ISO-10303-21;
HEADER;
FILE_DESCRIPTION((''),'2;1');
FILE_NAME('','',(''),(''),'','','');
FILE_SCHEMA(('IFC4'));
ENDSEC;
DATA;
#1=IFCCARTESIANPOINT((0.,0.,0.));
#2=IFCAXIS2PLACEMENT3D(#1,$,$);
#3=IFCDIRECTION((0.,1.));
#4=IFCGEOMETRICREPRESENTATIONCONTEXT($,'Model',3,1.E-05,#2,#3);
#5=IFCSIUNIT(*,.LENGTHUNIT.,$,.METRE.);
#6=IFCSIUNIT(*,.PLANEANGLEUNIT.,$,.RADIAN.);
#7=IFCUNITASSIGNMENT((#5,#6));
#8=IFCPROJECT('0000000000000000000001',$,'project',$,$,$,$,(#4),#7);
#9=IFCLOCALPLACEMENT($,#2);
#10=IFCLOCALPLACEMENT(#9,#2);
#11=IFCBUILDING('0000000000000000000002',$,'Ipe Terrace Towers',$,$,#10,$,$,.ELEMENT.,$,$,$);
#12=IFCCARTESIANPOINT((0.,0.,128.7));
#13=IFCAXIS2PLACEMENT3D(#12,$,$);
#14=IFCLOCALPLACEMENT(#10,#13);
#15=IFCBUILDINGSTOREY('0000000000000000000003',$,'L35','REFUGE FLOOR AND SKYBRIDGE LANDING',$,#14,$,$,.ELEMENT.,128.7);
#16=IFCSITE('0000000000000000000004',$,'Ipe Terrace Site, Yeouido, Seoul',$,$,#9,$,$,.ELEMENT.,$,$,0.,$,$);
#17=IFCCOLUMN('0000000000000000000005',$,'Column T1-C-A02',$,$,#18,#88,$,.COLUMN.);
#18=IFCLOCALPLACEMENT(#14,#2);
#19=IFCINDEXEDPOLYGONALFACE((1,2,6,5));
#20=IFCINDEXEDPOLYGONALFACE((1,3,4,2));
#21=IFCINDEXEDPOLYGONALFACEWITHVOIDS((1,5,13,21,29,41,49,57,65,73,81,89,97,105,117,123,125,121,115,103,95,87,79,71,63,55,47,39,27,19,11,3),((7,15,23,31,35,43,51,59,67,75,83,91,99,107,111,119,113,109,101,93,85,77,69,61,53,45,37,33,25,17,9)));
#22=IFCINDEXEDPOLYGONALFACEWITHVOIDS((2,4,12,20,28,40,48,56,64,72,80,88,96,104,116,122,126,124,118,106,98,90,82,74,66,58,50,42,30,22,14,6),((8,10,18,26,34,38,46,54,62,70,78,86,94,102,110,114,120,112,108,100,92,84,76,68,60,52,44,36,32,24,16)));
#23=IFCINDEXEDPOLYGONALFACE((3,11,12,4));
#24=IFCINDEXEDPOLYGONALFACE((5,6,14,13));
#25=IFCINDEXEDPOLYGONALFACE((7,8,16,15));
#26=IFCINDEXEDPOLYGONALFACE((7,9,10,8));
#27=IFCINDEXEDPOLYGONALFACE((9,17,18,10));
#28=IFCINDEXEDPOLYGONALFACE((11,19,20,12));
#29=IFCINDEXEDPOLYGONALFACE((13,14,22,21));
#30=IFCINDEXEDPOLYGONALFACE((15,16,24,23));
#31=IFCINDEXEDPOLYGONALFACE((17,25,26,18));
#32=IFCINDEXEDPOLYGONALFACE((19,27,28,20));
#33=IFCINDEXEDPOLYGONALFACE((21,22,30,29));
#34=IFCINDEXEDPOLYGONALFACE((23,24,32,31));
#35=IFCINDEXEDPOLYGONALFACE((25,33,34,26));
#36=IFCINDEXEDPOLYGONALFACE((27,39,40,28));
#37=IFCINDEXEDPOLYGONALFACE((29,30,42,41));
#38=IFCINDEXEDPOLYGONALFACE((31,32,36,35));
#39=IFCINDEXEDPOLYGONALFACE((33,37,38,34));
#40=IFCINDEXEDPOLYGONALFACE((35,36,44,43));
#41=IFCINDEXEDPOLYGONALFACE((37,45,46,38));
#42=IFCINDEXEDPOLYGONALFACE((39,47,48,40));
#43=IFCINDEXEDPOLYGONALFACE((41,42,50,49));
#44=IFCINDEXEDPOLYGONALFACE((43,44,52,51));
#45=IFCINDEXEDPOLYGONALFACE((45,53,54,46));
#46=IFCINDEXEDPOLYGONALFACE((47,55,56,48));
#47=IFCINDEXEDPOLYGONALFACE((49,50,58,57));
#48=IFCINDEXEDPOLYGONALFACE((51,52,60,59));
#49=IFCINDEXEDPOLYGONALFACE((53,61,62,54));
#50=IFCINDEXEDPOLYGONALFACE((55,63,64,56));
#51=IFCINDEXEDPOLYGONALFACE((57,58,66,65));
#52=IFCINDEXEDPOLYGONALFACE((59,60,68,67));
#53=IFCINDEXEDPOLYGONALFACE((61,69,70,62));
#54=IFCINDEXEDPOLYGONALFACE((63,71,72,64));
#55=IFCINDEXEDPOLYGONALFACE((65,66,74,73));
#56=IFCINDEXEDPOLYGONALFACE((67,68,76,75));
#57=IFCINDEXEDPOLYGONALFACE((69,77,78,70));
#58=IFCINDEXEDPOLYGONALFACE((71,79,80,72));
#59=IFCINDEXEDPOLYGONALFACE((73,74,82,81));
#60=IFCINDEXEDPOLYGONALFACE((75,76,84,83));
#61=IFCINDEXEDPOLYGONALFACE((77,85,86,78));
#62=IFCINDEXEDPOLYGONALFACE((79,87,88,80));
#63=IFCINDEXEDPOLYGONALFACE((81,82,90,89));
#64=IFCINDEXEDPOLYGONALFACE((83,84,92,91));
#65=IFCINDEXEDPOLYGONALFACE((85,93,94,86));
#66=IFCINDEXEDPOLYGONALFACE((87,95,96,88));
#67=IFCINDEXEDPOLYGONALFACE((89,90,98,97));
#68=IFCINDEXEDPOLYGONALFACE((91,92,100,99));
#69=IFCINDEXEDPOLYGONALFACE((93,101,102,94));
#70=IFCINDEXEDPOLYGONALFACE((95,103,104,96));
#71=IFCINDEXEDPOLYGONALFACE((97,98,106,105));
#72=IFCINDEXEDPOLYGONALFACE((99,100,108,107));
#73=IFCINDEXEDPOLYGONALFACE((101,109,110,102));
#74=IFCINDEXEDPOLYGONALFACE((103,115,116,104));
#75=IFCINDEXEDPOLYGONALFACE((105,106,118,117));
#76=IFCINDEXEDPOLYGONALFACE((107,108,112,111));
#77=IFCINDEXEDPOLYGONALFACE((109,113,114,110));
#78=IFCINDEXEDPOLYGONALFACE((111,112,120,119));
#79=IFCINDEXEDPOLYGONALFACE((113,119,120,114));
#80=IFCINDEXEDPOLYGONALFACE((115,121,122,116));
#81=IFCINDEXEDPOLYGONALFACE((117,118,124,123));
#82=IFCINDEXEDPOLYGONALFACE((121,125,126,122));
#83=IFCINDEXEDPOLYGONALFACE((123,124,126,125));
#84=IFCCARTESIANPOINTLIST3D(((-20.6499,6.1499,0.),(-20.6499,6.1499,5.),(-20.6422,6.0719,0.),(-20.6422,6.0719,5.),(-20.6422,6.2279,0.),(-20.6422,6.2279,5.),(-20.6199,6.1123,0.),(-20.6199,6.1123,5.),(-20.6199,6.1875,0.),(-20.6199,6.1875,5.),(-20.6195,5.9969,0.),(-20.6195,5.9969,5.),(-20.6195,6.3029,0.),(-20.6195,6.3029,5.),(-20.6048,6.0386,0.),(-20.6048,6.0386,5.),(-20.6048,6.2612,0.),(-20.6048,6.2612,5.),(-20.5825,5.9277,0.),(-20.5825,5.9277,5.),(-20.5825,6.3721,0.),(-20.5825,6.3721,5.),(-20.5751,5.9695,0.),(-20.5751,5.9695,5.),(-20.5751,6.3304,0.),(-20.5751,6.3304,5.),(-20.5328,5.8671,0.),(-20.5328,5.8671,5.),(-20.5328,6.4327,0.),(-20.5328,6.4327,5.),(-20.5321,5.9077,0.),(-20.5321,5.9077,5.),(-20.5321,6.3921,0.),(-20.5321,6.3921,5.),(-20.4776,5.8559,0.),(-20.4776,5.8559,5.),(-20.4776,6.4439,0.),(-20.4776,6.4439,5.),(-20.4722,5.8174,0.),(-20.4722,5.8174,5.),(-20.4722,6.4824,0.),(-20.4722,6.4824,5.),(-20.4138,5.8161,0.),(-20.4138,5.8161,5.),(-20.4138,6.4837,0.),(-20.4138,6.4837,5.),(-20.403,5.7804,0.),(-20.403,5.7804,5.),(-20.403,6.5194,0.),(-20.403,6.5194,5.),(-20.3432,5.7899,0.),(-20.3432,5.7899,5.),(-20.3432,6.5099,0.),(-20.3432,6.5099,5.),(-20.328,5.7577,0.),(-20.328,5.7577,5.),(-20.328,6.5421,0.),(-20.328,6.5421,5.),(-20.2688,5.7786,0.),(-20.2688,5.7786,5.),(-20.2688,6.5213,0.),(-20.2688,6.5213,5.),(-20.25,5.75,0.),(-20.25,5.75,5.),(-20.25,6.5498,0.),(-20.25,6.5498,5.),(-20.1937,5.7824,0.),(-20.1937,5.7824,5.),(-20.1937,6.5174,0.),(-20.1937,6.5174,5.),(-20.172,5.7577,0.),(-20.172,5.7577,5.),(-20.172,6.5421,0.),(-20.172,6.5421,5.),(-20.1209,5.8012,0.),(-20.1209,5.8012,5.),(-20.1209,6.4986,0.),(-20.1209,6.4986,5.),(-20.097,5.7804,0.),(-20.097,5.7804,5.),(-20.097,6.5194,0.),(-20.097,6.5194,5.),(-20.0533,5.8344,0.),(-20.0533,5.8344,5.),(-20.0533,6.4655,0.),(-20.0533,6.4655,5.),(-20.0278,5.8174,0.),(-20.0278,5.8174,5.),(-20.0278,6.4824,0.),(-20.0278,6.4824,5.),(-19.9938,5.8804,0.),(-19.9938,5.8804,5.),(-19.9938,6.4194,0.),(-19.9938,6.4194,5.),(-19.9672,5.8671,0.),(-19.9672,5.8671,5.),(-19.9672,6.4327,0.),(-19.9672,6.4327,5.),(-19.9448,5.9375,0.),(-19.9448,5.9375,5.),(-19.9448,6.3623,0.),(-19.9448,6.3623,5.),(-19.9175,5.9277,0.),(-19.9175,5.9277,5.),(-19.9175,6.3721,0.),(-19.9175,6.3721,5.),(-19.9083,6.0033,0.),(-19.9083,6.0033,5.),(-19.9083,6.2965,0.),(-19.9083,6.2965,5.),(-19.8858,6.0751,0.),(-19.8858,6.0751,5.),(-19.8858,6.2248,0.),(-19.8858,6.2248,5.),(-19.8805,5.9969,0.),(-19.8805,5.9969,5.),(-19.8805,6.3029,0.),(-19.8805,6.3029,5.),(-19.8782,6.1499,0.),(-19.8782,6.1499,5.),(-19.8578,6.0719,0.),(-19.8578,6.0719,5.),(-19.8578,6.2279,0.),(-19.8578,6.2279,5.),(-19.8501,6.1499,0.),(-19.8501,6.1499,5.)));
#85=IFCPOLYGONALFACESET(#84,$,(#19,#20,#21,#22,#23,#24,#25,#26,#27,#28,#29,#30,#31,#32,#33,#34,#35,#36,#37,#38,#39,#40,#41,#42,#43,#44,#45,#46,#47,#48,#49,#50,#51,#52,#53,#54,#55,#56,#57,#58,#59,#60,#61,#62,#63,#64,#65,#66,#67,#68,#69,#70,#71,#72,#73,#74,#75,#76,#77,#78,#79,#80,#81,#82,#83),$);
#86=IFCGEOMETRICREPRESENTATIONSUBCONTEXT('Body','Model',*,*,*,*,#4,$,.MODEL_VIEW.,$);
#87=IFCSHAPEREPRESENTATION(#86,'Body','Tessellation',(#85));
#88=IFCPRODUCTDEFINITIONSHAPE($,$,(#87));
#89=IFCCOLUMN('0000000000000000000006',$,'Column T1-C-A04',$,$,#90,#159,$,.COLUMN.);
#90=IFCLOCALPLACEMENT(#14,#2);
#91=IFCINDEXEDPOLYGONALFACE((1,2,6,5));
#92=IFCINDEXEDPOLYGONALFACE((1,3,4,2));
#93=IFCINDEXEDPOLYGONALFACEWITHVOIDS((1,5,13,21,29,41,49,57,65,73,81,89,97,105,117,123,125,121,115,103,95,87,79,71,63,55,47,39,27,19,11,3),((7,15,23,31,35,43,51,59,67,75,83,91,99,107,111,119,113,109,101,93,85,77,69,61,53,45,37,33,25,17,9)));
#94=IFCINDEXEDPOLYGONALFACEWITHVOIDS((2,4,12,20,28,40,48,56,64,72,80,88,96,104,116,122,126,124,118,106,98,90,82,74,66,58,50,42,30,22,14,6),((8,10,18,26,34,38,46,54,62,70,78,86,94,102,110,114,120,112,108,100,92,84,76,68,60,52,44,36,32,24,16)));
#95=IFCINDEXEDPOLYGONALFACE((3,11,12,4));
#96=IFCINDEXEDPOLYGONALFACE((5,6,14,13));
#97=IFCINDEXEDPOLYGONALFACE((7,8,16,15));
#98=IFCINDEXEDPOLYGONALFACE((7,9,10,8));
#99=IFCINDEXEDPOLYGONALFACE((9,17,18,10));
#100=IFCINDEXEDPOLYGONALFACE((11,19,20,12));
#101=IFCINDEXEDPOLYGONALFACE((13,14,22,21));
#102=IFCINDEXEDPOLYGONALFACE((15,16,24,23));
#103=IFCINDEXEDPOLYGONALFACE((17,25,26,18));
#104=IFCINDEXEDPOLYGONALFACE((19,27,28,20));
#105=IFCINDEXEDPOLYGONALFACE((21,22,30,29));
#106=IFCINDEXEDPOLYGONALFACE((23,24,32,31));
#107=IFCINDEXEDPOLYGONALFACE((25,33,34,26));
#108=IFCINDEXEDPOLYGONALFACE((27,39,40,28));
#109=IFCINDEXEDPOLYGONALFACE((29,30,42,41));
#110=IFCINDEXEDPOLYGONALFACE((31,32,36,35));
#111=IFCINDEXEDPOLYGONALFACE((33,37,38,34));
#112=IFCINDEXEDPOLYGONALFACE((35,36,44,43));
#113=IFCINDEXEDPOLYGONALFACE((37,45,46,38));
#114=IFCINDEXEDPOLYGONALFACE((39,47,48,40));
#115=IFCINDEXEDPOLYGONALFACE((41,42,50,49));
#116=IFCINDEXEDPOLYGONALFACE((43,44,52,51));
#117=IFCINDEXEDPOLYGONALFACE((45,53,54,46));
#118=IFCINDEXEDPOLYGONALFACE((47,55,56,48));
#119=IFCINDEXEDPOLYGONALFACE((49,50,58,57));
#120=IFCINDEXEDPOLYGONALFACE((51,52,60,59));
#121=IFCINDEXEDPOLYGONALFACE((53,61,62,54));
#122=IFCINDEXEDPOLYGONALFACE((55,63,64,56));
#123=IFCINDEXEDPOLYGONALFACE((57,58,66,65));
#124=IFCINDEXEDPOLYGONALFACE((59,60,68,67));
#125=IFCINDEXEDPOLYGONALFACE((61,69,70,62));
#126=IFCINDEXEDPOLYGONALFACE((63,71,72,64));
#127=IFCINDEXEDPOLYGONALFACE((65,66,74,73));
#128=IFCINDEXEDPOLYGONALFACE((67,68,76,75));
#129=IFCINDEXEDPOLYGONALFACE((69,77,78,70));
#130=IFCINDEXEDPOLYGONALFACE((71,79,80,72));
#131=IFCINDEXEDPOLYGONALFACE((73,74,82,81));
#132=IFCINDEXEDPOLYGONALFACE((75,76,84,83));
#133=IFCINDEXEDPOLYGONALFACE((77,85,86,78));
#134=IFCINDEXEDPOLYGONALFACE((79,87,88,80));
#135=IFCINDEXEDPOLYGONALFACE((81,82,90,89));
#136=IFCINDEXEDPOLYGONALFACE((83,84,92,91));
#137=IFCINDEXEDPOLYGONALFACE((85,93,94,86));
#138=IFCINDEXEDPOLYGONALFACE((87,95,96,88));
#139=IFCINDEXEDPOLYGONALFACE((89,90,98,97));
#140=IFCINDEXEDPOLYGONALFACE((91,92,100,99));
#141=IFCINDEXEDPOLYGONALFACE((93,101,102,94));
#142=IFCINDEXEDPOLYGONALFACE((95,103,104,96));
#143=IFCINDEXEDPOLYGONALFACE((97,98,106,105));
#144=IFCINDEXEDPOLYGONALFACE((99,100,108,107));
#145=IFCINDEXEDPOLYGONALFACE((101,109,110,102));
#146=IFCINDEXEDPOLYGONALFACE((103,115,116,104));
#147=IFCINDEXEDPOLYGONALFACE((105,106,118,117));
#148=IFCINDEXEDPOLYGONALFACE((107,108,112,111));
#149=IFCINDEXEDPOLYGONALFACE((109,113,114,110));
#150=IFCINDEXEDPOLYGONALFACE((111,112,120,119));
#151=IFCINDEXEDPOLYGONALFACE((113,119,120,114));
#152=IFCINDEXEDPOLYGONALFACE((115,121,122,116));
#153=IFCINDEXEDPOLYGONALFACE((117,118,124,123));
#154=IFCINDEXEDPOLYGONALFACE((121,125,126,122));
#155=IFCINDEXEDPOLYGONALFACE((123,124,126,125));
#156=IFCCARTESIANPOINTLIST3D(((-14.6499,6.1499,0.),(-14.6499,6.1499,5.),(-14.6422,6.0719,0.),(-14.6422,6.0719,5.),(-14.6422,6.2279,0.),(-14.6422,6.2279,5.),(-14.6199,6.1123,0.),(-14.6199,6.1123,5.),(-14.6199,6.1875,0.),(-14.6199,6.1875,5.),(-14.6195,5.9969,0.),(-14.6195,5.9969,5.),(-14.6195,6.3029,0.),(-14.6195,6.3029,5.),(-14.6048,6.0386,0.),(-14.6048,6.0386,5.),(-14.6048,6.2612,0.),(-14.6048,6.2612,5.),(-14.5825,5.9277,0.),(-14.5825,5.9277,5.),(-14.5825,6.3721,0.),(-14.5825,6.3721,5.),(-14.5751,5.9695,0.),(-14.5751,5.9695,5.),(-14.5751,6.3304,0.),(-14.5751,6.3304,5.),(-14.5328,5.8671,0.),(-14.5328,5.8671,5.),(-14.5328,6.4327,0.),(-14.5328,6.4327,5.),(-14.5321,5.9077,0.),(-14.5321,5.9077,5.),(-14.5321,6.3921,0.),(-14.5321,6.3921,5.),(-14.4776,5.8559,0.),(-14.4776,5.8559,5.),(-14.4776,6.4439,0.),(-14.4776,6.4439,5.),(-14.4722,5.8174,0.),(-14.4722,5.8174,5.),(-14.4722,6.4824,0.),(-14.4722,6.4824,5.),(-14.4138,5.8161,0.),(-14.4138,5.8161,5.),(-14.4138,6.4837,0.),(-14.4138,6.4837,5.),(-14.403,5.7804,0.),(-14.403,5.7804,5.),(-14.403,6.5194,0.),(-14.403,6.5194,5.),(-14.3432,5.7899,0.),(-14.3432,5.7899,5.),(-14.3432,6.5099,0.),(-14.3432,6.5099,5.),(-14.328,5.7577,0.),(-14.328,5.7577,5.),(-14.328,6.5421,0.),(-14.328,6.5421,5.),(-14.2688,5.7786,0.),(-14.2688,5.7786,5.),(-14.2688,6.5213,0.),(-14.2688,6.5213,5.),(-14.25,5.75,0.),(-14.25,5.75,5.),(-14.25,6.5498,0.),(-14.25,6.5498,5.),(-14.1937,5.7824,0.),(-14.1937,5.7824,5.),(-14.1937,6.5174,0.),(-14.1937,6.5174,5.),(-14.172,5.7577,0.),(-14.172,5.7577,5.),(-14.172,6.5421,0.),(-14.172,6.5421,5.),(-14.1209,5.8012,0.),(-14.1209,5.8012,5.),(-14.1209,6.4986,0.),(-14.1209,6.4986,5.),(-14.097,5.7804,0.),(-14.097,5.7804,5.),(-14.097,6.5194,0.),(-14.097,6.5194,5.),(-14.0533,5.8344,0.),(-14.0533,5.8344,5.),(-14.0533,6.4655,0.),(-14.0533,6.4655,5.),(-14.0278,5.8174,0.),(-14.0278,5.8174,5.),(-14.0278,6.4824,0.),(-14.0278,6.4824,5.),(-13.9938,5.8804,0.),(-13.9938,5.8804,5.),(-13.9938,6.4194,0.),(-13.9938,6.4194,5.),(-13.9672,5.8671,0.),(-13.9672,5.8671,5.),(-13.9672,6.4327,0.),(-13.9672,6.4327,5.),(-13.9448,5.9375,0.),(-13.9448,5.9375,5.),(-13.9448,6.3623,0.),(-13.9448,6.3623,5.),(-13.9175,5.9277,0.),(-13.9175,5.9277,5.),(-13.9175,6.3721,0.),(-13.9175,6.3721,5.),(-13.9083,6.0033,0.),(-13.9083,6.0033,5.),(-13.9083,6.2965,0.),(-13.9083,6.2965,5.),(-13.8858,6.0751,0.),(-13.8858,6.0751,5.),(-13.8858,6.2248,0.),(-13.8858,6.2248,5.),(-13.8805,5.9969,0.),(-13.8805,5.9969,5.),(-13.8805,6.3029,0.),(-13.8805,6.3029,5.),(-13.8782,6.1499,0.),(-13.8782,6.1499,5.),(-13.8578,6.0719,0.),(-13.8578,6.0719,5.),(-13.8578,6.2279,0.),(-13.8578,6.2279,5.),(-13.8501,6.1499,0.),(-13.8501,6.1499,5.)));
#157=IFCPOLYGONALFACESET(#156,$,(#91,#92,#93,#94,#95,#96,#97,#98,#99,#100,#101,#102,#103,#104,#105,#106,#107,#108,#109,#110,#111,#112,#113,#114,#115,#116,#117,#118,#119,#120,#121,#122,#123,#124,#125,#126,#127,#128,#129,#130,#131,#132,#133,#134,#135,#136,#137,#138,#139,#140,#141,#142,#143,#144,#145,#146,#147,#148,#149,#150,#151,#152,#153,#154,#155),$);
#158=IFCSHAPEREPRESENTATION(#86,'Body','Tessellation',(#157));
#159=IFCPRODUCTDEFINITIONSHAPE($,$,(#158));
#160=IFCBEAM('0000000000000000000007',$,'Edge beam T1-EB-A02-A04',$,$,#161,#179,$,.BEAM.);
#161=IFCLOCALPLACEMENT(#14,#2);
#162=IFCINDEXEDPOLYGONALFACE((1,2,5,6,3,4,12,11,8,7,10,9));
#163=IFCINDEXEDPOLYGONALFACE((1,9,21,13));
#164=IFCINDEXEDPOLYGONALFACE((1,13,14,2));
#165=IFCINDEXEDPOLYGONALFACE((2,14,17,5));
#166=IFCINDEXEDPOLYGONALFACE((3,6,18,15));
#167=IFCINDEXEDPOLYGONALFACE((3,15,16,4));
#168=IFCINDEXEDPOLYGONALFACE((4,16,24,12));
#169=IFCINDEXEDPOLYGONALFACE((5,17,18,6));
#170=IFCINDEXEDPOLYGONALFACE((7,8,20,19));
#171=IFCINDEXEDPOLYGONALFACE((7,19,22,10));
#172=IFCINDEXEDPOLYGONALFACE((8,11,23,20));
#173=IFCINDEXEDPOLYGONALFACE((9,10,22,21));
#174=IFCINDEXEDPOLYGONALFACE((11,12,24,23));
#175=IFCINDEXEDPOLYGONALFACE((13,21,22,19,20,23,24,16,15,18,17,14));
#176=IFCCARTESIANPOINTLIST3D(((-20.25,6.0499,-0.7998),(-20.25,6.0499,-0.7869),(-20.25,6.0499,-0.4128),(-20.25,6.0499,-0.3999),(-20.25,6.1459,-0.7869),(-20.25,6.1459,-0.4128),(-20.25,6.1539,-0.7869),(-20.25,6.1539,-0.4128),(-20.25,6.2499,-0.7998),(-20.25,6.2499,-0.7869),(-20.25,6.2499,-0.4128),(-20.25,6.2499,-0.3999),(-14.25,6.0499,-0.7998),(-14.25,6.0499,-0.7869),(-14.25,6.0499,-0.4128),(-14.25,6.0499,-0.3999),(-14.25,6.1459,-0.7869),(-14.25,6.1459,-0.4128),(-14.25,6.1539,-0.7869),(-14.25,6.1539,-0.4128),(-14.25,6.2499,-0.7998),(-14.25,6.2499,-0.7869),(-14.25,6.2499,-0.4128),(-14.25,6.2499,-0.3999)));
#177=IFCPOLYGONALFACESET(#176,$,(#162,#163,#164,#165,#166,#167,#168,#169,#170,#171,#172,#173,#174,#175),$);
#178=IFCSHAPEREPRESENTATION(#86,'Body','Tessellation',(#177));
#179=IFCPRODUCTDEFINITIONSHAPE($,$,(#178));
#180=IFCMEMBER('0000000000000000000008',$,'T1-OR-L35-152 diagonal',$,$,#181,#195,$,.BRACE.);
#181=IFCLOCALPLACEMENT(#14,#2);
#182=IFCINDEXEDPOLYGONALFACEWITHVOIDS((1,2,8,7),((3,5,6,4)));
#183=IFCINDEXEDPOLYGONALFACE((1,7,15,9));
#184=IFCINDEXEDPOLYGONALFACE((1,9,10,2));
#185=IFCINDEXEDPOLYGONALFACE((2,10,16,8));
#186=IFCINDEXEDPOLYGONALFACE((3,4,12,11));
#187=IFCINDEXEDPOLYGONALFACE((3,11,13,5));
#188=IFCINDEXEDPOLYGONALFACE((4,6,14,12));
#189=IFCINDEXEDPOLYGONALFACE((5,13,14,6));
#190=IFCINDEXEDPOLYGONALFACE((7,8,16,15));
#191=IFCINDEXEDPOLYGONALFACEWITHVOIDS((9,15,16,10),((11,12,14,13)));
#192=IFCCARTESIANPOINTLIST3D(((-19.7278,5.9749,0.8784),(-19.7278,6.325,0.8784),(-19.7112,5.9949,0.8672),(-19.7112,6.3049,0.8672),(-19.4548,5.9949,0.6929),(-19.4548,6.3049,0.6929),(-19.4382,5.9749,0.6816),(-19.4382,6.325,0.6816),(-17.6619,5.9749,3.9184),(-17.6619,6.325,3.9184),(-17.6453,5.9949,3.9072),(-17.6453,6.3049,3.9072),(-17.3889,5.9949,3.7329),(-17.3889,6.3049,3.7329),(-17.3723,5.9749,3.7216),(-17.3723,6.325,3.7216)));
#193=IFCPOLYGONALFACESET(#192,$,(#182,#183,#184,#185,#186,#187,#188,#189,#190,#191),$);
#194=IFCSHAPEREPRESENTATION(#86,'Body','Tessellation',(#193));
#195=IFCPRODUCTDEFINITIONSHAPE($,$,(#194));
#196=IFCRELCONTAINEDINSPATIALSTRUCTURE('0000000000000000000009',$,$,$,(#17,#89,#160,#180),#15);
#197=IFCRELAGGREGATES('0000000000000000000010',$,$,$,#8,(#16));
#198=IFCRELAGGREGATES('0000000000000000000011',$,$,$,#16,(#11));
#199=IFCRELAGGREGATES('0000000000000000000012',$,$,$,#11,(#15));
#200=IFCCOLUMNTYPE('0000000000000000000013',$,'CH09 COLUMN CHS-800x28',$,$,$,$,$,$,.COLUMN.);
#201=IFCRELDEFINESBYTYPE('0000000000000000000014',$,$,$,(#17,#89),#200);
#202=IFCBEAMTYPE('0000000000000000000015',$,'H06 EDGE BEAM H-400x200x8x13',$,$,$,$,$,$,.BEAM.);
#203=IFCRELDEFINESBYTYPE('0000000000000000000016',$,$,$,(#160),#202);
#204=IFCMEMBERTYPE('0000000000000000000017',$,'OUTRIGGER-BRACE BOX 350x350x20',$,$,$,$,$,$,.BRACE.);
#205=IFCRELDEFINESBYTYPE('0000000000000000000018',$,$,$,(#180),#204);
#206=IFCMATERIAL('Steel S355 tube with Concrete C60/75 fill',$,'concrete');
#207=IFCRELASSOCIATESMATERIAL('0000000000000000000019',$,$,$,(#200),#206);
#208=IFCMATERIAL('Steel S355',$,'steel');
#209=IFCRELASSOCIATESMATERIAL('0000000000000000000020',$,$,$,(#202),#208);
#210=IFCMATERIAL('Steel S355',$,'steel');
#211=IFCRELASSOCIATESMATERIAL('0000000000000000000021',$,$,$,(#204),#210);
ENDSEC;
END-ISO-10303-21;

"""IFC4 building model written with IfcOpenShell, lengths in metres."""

from ifc_helpers import new_model, si_unit, direction, frame, origin, origin_2d, place, context, subcontext, project, spatial, hollow_rectangle, hollow_circle, i_section, extrude, material, material_profile, profile_set, type_object, element, save


model = new_model("IFC4")

# Units and contexts
model_context = context("Model", 3, precision=1e-05, world=origin(), true_north=direction((0.0, 1.0)))
body_context = subcontext(model_context, "Body", "Model", "MODEL_VIEW")
ifc_project = project(units=[si_unit("LENGTHUNIT", "METRE"), si_unit("PLANEANGLEUNIT", "RADIAN")], contexts=[model_context])

# Site, building, storey
site_placement = place(None, origin())
site = spatial("IfcSite", under=ifc_project, at=site_placement, Name="Ipe Terrace Site, Yeouido, Seoul", CompositionType="ELEMENT", RefElevation=0.0)
building_placement = place(site_placement, origin())
building = spatial("IfcBuilding", under=site, at=building_placement, Name="Ipe Terrace Towers", CompositionType="ELEMENT")
storey_placement = place(building_placement, frame((0.0, 0.0, 128.7)))
storey = spatial("IfcBuildingStorey", under=building, at=storey_placement, Name="L35", Description="REFUGE FLOOR AND SKYBRIDGE LANDING", CompositionType="ELEMENT", Elevation=128.7)

# Columns
ifc_material_1 = material(Name="Steel S355 tube with Concrete C60/75 fill", Category="concrete")
ifc_material_profile_1 = material_profile(ifc_material_1, hollow_circle(Radius=0.3999, WallThickness=0.0281, at=origin_2d()), Name="CHS-800x28")
ifc_profile_set_1 = profile_set([ifc_material_profile_1], Name="Steel S355 tube with Concrete C60/75 fill")
column_type = type_object("IfcColumnType", Name="CH09 COLUMN CHS-800x28", PredefinedType="COLUMN", material=ifc_profile_set_1)
for number, where, z_axis, x_axis, name in (
    (1, (-20.25, 6.1499, 0.0), (0.0, 0.0, 1.0), (1.0, 0.0, 0.0), "Column T1-C-A02"),
    (2, (-14.25, 6.1499, 0.0), (0.0, 0.0, 1.0), (1.0, 0.0, 0.0), "Column T1-C-A04"),
):
    element("IfcColumn", number, at=place(storey_placement, frame(where, z_axis=z_axis, x_axis=x_axis)), inside=storey, type_object=column_type, Name=name, PredefinedType="COLUMN", context=body_context, shape_type="SweptSolid", body=[
        extrude(hollow_circle(Radius=0.3999, WallThickness=0.0281, at=origin_2d()), origin(), (0.0, 0.0, 1.0), 5.0),
    ])

# Beam
ifc_material_2 = material(Name="Steel S355", Category="steel")
ifc_material_profile_2 = material_profile(ifc_material_2, i_section(OverallWidth=0.2, OverallDepth=0.3999, WebThickness=0.0081, FlangeThickness=0.0129, at=origin_2d()), Name="H-400x200x8x13")
ifc_profile_set_2 = profile_set([ifc_material_profile_2], Name="Steel S355")
beam_type = type_object("IfcBeamType", Name="H06 EDGE BEAM H-400x200x8x13", PredefinedType="BEAM", material=ifc_profile_set_2)
beam_placement = place(storey_placement, frame((-20.25, 6.1499, -0.5999), z_axis=(1.0, 0.0, 0.0), x_axis=(0.0, 1.0, 0.0)))
element("IfcBeam", 3, at=beam_placement, inside=storey, type_object=beam_type, Name="Edge beam T1-EB-A02-A04", PredefinedType="BEAM", context=body_context, shape_type="SweptSolid", body=[
    extrude(i_section(OverallWidth=0.2, OverallDepth=0.3999, WebThickness=0.0081, FlangeThickness=0.0129, at=origin_2d()), origin(), (0.0, 0.0, 1.0), 6.0),
])

# Member
ifc_material_3 = material(Name="Steel S355", Category="steel")
ifc_material_profile_3 = material_profile(ifc_material_3, hollow_rectangle(XDim=0.3501, YDim=0.3501, WallThickness=0.02, at=origin_2d()), Name="OUTRIGGER-BRACE BOX 350x350x20")
ifc_profile_set_3 = profile_set([ifc_material_profile_3], Name="Steel S355")
member_type_1 = type_object("IfcMemberType", Name="OUTRIGGER-BRACE BOX 350x350x20", PredefinedType="BRACE", material=ifc_profile_set_3)
for number, where, z_axis, x_axis, name in (
    (4, (-19.583, 6.1499, 0.78), (0.562067, 0.0, 0.827092), (0.0, 1.0, 0.0), "T1-OR-L35-152 diagonal"),
):
    element("IfcMember", number, at=place(storey_placement, frame(where, z_axis=z_axis, x_axis=x_axis)), inside=storey, type_object=member_type_1, Name=name, PredefinedType="BRACE", context=body_context, shape_type="SweptSolid", body=[
        extrude(hollow_rectangle(XDim=0.3501, YDim=0.3501, WallThickness=0.02, at=origin_2d()), origin(), (0.0, 0.0, 1.0), 3.6755),
    ])

save(model, "model.ifc")
